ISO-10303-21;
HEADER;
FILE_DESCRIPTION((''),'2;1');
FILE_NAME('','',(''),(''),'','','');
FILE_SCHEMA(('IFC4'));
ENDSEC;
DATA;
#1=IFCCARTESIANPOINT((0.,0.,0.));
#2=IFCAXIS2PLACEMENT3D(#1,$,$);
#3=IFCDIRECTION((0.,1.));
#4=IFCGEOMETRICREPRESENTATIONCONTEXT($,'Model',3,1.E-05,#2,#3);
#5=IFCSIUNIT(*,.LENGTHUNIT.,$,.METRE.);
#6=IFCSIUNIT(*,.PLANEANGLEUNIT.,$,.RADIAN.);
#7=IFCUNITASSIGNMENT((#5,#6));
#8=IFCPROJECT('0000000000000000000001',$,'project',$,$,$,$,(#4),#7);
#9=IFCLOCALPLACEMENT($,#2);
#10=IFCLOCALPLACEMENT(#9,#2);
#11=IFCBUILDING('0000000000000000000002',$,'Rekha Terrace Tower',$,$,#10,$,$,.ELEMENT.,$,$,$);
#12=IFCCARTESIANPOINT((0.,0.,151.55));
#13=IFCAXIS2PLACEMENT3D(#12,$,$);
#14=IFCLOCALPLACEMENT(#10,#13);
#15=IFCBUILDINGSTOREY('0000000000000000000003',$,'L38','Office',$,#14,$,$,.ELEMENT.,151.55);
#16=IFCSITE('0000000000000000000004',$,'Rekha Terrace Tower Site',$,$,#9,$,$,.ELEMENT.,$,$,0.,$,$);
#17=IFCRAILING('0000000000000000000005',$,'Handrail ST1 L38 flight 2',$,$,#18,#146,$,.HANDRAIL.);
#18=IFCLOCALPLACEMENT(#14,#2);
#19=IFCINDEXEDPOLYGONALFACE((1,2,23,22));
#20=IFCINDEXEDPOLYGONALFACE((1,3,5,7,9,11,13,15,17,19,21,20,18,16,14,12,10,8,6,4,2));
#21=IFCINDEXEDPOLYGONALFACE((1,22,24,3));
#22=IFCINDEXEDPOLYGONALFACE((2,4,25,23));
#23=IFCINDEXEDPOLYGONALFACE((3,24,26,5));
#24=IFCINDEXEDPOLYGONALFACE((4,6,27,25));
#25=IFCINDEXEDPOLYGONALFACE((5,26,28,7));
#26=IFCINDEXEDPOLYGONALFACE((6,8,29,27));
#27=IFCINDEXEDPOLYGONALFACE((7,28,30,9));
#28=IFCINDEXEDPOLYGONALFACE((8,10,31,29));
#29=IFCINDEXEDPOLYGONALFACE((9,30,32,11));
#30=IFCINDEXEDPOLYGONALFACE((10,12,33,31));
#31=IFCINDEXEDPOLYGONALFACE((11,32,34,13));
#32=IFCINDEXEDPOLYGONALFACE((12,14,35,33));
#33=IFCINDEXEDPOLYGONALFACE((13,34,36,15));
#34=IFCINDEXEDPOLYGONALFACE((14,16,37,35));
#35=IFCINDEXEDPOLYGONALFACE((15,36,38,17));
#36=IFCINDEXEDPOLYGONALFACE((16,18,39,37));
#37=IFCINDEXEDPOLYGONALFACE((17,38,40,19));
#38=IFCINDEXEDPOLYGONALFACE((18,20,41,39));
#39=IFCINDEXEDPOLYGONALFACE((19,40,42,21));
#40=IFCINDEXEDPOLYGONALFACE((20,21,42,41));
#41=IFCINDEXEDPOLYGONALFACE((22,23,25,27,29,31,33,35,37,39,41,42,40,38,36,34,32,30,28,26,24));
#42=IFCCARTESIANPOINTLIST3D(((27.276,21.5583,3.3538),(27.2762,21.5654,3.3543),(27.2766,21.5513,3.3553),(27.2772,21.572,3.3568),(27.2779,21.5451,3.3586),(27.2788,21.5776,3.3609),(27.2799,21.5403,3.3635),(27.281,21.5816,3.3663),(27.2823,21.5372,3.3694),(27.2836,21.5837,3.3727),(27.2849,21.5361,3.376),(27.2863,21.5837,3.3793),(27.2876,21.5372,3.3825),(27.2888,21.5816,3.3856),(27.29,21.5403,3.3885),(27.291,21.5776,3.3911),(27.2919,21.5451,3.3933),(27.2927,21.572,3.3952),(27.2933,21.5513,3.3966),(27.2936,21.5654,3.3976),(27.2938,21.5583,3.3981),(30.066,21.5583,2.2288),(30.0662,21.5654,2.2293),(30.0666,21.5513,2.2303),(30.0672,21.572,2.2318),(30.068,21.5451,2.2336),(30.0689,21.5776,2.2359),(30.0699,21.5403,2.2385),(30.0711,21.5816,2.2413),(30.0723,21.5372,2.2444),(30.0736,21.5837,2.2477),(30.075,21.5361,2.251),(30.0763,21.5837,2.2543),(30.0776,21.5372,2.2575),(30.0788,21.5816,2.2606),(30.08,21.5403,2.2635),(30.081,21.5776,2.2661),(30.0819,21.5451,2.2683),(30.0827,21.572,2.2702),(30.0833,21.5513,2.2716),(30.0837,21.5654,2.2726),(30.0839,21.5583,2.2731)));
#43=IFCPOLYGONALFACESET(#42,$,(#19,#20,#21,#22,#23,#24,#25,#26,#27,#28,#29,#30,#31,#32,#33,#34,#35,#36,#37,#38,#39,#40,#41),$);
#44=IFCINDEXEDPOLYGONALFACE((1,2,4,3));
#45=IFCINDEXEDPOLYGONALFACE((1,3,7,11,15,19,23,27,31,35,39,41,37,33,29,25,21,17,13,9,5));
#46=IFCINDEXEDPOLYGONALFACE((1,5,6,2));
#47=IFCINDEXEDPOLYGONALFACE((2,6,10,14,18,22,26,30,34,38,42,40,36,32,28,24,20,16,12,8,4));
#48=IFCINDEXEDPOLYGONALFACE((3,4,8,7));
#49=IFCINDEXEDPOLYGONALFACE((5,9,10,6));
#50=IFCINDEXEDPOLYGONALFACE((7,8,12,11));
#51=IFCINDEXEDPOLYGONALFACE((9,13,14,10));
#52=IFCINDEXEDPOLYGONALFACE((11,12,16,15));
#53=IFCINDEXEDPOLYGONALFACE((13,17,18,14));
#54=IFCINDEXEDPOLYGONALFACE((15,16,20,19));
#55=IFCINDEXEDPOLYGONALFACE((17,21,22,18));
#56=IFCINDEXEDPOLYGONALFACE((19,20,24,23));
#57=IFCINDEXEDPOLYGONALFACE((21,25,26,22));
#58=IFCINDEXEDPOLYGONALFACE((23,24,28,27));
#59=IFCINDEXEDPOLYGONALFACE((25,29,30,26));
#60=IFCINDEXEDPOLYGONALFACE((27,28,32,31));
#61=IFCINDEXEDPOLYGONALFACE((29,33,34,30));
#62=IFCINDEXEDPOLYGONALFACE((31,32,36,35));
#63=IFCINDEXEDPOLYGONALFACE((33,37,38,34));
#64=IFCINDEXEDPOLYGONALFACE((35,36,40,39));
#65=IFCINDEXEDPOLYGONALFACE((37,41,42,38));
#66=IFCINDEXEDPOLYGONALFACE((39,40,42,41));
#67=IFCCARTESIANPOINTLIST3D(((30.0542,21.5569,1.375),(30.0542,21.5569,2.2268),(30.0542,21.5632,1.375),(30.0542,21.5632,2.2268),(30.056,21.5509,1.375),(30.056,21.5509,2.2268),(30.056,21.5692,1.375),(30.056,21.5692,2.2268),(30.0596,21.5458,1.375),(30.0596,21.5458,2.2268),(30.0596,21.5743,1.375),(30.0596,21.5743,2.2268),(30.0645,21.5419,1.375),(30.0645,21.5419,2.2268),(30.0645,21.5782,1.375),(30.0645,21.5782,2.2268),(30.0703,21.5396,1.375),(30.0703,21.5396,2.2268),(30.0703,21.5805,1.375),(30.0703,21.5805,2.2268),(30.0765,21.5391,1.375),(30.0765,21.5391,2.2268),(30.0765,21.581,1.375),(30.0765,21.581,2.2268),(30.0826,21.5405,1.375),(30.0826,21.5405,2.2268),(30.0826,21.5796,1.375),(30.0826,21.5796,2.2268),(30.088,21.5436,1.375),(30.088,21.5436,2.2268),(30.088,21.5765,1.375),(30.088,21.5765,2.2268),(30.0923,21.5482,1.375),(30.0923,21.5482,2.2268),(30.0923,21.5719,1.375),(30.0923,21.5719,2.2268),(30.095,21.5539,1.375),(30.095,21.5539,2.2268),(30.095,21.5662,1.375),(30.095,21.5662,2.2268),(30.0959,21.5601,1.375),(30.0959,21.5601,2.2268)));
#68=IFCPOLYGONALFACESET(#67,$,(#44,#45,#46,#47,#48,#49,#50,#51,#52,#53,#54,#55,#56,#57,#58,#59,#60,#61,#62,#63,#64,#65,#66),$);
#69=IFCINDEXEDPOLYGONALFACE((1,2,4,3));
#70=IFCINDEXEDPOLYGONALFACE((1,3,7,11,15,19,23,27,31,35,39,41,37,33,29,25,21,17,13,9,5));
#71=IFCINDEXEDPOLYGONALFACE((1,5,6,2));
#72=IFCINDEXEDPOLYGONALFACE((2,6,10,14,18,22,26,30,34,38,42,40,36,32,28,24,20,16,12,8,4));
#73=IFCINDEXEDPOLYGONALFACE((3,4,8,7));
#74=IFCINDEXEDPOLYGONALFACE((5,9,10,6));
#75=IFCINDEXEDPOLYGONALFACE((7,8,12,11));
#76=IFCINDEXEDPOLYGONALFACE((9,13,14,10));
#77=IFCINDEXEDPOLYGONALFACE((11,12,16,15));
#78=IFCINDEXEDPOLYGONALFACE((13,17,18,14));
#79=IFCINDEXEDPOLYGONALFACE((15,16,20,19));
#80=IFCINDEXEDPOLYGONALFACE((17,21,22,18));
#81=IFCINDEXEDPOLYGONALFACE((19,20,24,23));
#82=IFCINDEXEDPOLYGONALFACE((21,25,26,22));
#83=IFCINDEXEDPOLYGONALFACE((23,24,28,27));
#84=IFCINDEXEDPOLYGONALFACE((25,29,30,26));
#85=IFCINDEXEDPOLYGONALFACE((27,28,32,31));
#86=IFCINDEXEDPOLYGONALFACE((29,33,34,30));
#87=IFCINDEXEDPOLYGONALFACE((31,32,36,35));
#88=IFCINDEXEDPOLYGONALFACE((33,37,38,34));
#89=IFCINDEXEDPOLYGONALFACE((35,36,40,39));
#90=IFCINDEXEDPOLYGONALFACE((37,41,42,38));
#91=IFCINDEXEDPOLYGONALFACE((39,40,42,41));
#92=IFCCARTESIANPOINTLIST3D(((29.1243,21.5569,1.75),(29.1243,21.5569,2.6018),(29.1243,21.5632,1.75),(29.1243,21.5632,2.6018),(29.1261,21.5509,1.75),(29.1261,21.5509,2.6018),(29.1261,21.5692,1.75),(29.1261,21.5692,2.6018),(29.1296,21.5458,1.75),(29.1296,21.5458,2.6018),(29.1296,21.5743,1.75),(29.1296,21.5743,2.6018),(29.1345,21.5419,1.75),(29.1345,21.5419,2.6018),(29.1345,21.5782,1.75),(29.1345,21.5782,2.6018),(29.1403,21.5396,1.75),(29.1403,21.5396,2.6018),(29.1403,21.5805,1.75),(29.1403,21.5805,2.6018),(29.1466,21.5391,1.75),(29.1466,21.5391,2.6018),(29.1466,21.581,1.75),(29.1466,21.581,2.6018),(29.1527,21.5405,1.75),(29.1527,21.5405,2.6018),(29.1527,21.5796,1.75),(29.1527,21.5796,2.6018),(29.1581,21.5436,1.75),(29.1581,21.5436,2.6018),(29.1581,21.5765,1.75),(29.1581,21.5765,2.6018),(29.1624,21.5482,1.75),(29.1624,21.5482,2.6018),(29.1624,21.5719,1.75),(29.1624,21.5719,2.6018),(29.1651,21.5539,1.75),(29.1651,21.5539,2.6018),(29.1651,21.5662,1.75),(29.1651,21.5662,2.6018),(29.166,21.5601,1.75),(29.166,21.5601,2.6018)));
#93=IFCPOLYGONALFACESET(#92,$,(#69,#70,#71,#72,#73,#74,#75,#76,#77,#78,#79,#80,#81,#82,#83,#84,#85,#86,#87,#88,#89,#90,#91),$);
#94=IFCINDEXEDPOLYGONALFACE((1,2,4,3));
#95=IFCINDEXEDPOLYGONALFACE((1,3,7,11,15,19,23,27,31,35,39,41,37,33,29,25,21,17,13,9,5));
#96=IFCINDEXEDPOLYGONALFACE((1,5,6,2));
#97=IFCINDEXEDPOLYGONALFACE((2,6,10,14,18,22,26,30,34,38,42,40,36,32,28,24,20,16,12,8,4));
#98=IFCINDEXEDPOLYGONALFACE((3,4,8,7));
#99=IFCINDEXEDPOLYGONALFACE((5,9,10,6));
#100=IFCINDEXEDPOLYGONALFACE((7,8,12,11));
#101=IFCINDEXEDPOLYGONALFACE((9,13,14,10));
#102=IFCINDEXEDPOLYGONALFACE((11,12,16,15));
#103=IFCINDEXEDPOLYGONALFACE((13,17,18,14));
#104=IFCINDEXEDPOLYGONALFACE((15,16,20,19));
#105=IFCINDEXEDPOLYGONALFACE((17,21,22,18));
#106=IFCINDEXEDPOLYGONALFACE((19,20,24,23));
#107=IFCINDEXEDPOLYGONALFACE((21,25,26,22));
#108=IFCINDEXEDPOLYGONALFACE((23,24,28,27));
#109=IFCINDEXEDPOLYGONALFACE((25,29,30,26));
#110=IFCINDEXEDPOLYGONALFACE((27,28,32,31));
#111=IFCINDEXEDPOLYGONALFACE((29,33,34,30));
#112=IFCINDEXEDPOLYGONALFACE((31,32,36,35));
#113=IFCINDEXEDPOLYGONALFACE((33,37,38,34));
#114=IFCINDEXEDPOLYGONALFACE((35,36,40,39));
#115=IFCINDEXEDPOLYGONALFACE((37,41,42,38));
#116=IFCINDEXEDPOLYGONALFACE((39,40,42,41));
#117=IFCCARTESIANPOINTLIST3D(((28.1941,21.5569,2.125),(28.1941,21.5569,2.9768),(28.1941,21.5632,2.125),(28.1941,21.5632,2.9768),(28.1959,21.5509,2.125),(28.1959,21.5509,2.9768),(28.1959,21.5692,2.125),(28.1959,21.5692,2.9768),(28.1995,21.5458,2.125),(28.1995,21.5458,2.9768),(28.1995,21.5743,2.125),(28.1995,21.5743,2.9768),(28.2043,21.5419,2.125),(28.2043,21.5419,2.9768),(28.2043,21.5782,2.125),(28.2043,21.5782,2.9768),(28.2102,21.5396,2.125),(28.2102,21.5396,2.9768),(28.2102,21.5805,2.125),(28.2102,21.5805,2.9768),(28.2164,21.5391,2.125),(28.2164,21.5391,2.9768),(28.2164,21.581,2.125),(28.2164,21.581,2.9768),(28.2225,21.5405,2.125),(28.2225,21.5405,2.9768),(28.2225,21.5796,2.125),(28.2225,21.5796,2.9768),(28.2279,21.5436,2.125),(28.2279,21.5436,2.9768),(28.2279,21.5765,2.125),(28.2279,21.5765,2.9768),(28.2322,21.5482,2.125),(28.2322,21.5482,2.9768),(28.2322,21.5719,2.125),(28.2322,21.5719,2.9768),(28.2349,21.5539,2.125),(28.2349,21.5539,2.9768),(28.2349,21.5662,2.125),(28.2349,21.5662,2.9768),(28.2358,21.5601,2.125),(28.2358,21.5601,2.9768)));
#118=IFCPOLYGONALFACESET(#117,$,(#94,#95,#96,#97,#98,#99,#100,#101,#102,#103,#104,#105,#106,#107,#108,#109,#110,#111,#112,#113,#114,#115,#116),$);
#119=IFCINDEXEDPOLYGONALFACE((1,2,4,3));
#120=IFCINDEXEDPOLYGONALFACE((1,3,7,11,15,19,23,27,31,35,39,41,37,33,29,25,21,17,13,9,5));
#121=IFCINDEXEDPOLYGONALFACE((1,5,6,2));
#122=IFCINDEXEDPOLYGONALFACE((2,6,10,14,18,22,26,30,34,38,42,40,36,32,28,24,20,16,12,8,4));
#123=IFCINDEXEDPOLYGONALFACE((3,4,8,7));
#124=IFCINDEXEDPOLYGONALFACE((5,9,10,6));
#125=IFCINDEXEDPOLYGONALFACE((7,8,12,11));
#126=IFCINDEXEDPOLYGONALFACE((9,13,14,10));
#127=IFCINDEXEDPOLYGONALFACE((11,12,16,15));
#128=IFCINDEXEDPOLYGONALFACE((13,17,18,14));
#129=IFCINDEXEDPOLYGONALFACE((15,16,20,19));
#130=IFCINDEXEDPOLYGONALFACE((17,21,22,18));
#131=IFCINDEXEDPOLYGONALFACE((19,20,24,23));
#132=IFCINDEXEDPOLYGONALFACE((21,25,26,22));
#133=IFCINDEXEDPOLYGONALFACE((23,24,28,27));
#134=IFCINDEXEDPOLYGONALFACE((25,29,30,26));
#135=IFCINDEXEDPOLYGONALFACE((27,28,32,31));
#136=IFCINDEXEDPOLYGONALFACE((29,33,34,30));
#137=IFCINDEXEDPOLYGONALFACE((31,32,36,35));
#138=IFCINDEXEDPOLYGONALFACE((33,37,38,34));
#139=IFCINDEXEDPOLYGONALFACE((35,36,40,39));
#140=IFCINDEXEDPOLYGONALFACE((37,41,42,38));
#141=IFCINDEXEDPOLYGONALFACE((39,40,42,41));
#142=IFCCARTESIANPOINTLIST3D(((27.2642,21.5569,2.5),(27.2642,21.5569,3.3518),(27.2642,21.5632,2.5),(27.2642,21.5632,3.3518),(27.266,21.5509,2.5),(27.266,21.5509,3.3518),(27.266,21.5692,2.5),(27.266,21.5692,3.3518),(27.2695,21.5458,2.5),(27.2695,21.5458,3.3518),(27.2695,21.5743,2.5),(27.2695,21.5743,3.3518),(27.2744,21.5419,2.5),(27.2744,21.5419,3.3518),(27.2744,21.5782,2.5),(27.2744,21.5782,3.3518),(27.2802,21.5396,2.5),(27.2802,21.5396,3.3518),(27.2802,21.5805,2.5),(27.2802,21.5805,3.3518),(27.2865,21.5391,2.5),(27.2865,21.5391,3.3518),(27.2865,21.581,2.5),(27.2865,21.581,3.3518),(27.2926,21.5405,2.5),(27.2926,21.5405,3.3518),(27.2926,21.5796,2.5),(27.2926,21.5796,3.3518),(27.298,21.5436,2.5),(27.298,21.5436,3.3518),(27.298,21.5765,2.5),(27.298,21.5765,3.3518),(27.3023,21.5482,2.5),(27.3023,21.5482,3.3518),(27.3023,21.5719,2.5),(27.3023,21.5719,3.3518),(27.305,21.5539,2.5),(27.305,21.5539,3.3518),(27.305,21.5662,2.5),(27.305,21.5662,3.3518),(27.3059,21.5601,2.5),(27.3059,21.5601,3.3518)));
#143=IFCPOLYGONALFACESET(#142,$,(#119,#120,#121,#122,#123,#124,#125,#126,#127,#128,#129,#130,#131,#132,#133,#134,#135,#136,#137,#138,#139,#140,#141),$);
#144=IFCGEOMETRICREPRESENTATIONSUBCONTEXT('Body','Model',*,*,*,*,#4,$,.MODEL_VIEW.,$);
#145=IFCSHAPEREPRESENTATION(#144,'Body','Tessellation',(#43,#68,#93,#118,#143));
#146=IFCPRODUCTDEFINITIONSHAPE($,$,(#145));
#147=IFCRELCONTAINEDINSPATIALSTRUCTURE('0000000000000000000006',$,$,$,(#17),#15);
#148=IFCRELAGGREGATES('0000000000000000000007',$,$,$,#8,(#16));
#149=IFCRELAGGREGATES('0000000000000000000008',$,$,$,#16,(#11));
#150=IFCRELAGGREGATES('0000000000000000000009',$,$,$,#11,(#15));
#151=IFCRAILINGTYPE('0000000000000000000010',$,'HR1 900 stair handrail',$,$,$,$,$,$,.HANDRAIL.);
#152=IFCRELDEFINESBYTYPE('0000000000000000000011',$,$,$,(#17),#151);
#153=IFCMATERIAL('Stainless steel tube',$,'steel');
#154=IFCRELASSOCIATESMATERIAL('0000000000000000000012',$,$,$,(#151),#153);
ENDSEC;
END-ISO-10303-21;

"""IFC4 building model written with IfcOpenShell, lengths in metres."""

from ifc_helpers import new_model, si_unit, direction, frame, origin, origin_2d, place, context, subcontext, project, spatial, circle, extrude, material, type_object, element, save


model = new_model("IFC4")

# Units and contexts
model_context = context("Model", 3, precision=1e-05, world=origin(), true_north=direction((0.0, 1.0)))
body_context = subcontext(model_context, "Body", "Model", "MODEL_VIEW")
ifc_project = project(units=[si_unit("LENGTHUNIT", "METRE"), si_unit("PLANEANGLEUNIT", "RADIAN")], contexts=[model_context])

# Site, building, storey
site_placement = place(None, origin())
site = spatial("IfcSite", under=ifc_project, at=site_placement, Name="Rekha Terrace Tower Site", CompositionType="ELEMENT", RefElevation=0.0)
building_placement = place(site_placement, origin())
building = spatial("IfcBuilding", under=site, at=building_placement, Name="Rekha Terrace Tower", CompositionType="ELEMENT")
storey_placement = place(building_placement, frame((0.0, 0.0, 151.55)))
storey = spatial("IfcBuildingStorey", under=building, at=storey_placement, Name="L38", Description="Office", CompositionType="ELEMENT", Elevation=151.55)

# Railing
ifc_material_1 = material(Name="Stainless steel tube", Category="steel")
railing_type_1 = type_object("IfcRailingType", Name="HR1 900 stair handrail", PredefinedType="HANDRAIL", material=ifc_material_1)
railing_1_placement = place(storey_placement, frame((30.075, 21.5601, 1.375)))
element("IfcRailing", 1, at=railing_1_placement, inside=storey, type_object=railing_type_1, Name="Handrail ST1 L38 flight 2", PredefinedType="HANDRAIL", context=body_context, shape_type="SweptSolid", body=[
    extrude(circle(Radius=0.0239, at=origin_2d()), frame((0.0, 0.0, 0.876), z_axis=(-0.927443, 0.0, 0.373964), x_axis=(0.0, -1.0, 0.0)), (0.0, 0.0, 1.0), 3.0083),
    extrude(circle(Radius=0.021, at=origin_2d()), origin(), (0.0, 0.0, 1.0), 0.8518),
    extrude(circle(Radius=0.021, at=origin_2d()), frame((-0.9299, 0.0, 0.375)), (0.0, 0.0, 1.0), 0.8518),
    extrude(circle(Radius=0.021, at=origin_2d()), frame((-1.8601, 0.0, 0.75)), (0.0, 0.0, 1.0), 0.8518),
    extrude(circle(Radius=0.021, at=origin_2d()), frame((-2.79, 0.0, 1.125)), (0.0, 0.0, 1.0), 0.8518),
])

save(model, "model.ifc")
